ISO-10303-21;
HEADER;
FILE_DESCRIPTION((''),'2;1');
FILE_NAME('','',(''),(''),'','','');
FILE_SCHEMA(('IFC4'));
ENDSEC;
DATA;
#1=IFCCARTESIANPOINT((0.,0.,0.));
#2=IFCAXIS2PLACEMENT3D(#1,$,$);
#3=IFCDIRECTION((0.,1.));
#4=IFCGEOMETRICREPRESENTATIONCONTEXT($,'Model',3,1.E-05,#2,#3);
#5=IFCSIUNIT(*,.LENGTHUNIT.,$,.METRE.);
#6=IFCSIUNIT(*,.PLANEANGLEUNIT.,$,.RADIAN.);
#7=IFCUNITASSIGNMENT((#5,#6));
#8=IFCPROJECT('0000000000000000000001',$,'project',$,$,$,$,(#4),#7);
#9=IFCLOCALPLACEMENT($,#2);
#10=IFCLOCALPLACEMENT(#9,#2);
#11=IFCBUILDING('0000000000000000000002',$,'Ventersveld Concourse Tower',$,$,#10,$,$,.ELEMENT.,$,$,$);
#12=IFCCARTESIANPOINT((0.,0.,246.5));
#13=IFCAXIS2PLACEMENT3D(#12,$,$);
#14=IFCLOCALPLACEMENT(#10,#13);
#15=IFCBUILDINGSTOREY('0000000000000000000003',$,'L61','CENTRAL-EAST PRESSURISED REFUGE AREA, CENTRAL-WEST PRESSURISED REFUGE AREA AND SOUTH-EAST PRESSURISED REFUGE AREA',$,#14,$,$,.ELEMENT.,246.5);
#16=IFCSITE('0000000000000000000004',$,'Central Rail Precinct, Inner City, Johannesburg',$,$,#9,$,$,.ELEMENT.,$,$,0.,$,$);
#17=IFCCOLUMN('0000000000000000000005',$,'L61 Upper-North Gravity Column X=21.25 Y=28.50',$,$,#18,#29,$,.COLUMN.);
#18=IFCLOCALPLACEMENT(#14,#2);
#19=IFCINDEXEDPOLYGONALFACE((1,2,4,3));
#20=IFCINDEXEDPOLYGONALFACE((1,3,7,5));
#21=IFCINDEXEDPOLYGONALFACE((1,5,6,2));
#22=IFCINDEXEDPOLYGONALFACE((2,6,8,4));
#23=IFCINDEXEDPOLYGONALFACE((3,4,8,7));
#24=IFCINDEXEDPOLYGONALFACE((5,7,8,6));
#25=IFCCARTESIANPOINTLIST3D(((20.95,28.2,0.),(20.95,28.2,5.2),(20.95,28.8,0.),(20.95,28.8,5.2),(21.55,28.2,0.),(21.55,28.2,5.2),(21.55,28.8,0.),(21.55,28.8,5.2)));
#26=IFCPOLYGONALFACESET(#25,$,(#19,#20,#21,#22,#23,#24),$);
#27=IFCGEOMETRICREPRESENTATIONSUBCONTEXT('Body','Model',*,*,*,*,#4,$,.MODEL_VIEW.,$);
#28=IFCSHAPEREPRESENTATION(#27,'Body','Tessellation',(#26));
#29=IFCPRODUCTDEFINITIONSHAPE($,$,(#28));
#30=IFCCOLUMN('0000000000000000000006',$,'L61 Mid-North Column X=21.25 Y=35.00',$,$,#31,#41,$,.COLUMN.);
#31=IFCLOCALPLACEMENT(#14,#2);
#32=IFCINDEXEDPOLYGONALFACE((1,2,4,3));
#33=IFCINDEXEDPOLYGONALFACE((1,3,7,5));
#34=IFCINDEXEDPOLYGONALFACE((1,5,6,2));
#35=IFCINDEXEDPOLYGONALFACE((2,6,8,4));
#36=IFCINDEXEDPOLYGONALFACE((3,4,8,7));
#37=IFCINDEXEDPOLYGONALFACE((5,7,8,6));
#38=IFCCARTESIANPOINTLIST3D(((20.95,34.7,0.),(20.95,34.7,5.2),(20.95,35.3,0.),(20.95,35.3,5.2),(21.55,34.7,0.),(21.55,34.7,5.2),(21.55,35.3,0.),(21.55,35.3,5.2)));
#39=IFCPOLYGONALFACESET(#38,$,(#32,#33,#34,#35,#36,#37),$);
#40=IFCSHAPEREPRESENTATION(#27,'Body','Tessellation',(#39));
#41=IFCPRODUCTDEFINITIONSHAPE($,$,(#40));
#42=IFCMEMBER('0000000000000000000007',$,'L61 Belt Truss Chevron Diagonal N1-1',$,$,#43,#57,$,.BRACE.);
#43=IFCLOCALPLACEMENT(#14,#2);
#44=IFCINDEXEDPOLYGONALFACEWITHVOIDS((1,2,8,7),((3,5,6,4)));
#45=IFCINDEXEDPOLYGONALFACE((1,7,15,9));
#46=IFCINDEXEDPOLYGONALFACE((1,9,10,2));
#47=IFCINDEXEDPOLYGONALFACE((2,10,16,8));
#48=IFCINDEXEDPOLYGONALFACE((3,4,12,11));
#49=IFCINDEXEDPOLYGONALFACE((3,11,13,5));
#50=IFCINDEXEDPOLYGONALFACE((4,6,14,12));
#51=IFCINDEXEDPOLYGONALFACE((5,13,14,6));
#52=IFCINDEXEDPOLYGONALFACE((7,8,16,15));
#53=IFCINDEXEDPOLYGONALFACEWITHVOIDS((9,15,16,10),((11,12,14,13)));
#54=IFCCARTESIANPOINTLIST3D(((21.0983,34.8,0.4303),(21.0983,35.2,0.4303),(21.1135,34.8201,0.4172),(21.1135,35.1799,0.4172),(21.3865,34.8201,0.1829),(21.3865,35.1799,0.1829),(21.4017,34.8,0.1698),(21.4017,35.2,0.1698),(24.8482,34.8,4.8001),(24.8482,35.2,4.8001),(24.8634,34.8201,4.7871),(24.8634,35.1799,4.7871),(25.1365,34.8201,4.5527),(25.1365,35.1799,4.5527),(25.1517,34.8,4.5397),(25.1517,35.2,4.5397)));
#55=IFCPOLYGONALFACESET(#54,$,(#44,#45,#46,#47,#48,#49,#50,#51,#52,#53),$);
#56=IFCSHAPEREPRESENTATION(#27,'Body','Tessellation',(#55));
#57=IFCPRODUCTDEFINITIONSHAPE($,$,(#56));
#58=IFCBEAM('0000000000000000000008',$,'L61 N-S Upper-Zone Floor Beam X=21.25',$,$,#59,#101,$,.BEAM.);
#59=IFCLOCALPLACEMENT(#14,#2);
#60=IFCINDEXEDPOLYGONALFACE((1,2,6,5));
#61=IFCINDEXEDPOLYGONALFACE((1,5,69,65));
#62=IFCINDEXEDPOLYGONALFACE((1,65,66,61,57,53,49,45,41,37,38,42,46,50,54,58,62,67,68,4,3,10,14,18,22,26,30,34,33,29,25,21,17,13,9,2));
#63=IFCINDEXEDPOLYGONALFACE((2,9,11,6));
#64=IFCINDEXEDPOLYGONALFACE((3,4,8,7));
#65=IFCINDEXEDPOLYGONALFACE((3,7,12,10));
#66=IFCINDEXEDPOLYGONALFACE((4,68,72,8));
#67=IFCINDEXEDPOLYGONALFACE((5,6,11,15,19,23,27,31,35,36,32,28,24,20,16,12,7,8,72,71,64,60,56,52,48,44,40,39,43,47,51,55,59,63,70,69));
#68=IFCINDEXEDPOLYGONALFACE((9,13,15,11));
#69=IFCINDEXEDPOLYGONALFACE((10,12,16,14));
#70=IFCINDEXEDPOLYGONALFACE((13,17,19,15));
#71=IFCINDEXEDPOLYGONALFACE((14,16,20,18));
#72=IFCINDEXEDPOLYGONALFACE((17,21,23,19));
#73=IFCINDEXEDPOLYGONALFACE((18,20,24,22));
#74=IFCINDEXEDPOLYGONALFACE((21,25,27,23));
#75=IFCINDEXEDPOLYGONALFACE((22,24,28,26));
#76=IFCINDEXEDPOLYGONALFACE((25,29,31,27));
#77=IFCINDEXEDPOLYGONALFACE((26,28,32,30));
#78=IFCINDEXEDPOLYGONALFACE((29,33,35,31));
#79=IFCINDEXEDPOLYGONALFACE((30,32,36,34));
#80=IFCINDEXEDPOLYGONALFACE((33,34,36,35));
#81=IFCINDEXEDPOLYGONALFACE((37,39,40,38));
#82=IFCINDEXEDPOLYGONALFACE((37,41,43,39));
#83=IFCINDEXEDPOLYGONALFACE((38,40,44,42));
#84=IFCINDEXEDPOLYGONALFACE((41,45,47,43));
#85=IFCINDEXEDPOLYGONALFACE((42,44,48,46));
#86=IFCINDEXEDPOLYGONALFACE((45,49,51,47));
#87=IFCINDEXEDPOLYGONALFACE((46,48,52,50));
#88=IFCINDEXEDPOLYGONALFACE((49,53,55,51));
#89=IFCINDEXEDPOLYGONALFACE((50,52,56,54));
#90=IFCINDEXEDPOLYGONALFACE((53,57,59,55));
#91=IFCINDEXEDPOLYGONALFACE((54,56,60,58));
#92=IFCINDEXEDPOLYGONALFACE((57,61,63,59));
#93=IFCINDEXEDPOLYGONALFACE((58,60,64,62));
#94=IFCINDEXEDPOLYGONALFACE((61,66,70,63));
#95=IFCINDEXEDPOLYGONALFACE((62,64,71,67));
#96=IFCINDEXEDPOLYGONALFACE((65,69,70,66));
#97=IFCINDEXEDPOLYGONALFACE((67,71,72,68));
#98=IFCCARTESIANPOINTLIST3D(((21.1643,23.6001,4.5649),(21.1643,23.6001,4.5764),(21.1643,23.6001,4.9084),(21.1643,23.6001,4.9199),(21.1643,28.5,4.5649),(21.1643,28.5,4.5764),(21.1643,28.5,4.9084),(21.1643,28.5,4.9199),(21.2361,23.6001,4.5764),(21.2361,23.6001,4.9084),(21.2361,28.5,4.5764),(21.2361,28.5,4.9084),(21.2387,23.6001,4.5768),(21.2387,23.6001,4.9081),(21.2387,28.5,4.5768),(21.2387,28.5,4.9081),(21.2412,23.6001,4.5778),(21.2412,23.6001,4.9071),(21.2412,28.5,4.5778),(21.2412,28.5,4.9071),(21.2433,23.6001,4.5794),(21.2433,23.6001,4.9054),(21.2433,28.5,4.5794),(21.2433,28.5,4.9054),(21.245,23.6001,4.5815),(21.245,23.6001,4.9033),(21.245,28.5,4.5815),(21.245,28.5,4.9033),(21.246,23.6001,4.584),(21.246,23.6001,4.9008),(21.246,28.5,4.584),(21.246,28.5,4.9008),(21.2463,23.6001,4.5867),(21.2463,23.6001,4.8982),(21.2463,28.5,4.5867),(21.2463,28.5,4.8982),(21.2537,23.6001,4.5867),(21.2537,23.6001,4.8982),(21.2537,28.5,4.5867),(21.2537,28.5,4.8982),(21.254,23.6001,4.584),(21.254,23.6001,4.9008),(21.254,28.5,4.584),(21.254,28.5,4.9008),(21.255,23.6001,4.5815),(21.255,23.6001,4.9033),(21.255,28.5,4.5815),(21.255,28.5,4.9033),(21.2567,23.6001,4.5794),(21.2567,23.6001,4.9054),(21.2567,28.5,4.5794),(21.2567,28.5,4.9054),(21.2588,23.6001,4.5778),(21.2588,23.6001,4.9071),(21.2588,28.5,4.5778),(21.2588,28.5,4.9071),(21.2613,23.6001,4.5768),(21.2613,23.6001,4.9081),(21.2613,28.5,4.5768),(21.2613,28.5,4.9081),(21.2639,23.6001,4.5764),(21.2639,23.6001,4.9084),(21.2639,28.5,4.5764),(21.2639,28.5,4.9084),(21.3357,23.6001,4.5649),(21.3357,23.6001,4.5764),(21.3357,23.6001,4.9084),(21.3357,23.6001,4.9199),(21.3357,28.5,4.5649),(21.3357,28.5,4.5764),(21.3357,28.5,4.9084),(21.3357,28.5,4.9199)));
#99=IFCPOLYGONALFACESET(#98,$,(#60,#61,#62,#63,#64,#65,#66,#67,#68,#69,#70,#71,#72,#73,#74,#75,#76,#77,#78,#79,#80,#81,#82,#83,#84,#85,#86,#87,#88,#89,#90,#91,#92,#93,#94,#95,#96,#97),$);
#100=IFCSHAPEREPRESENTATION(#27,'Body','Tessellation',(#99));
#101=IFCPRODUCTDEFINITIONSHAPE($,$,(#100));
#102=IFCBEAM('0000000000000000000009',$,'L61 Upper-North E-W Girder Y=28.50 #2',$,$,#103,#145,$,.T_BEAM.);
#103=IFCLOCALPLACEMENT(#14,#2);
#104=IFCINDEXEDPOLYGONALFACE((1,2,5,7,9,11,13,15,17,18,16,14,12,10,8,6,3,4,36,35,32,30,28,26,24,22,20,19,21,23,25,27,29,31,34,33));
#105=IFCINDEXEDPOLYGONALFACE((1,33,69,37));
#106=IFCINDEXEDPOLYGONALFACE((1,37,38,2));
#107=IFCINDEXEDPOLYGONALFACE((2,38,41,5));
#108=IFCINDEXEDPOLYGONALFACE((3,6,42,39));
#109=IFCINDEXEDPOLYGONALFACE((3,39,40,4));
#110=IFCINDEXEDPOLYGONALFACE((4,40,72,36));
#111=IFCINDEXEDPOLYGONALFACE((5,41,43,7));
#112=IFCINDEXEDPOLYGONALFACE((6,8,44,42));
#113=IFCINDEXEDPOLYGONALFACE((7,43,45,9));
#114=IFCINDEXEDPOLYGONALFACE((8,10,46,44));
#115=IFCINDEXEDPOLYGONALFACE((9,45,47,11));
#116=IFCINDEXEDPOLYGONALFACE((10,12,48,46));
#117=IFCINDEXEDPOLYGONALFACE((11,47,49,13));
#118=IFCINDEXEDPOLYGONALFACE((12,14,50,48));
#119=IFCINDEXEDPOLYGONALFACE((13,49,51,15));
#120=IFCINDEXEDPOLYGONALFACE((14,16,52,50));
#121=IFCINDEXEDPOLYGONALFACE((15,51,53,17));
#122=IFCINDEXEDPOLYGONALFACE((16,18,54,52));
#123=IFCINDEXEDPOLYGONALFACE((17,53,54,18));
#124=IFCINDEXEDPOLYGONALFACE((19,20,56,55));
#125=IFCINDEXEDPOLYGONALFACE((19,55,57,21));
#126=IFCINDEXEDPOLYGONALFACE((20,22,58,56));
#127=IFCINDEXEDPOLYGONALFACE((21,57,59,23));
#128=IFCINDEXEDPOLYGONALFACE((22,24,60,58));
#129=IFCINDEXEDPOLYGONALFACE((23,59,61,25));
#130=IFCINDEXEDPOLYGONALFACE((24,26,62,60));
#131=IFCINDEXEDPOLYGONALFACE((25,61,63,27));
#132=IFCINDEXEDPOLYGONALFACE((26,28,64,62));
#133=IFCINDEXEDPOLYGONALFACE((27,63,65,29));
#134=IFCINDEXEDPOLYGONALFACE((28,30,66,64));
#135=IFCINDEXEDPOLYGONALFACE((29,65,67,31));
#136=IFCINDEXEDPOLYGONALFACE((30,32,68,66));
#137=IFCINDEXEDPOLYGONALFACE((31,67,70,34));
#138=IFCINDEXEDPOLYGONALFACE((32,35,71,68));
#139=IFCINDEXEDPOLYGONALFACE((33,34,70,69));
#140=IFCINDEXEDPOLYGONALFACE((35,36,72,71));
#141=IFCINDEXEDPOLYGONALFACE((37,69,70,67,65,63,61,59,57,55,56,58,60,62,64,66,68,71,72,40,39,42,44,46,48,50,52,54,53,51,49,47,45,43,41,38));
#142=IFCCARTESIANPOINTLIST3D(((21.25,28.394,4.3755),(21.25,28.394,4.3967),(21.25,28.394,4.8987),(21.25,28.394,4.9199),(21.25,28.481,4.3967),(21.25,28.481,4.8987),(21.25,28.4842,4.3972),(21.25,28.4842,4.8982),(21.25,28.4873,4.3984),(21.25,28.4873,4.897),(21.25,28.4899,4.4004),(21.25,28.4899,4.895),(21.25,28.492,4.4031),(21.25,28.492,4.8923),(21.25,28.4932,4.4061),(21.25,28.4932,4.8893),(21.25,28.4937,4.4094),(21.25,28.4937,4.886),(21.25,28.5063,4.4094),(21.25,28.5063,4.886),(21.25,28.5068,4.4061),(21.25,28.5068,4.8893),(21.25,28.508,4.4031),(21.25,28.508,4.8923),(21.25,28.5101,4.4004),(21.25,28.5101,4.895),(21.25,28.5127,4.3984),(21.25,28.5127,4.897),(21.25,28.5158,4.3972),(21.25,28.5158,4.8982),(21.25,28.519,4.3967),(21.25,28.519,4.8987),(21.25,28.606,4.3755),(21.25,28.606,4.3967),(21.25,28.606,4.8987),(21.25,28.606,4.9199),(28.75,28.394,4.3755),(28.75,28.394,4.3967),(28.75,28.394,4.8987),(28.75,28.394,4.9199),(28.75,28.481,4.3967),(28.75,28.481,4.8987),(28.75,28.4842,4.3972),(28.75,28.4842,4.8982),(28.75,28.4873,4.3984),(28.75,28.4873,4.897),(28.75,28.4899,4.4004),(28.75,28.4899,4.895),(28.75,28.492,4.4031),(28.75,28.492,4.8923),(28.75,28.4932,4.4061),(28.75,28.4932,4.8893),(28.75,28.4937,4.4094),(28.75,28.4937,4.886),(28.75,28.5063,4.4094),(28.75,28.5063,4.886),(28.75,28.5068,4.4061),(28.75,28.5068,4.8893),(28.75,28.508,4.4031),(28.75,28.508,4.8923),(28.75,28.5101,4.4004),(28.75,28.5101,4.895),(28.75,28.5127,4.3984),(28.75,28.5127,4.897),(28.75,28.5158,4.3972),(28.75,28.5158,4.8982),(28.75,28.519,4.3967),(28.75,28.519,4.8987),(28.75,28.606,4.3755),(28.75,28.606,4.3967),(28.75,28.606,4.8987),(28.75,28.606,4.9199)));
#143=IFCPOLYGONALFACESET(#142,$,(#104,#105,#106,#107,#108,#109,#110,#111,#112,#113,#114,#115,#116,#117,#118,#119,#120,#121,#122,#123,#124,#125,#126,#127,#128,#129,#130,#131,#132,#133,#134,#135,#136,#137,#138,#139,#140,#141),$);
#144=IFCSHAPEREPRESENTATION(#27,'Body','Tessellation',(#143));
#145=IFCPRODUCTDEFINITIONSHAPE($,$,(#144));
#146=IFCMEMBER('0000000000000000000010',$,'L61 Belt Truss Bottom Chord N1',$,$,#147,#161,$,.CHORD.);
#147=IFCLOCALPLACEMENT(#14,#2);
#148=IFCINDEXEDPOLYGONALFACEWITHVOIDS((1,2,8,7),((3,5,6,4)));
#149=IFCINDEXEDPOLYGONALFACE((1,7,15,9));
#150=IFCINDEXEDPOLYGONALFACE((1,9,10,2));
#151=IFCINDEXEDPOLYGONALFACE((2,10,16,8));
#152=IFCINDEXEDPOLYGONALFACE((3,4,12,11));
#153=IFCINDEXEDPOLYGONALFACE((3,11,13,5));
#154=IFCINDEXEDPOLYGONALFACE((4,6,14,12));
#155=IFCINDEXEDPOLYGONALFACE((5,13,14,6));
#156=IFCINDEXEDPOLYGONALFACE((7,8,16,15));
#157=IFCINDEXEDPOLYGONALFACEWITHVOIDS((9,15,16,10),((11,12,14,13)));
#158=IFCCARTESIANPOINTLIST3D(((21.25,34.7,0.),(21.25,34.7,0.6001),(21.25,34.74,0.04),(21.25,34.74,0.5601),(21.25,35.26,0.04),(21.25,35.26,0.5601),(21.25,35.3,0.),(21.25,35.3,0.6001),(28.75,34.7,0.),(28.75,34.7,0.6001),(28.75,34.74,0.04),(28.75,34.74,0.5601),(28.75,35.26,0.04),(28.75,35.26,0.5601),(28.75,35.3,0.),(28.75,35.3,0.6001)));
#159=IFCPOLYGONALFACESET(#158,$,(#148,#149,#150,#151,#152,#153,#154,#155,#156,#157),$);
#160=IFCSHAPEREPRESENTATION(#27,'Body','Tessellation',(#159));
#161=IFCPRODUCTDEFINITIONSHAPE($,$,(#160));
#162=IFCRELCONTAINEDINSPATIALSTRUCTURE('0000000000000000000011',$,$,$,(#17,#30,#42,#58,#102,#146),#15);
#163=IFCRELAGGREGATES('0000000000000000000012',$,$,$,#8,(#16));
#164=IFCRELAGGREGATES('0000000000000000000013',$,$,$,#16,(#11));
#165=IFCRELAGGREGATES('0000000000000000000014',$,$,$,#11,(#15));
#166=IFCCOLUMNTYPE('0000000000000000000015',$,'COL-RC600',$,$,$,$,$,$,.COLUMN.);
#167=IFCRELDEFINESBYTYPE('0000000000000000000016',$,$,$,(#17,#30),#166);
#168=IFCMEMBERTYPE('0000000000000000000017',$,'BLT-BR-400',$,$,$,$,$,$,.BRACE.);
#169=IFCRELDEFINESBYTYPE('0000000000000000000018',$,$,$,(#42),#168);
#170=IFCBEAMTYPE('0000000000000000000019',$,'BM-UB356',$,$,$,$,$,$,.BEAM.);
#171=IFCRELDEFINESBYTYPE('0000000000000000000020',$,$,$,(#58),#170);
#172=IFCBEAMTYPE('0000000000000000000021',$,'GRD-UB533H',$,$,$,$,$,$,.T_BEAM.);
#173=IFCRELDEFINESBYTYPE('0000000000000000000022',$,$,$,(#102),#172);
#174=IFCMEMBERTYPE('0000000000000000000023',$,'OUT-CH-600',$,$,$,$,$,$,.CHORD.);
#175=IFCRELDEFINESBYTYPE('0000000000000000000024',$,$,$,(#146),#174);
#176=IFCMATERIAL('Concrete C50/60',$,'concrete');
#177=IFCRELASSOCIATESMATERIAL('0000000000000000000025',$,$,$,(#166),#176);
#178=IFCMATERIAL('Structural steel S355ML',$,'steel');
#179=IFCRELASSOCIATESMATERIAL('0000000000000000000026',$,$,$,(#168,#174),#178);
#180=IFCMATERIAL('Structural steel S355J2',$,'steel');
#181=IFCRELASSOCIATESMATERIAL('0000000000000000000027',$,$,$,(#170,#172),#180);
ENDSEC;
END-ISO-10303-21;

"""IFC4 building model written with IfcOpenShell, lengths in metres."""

from ifc_helpers import new_model, si_unit, direction, frame, origin, origin_2d, place, context, subcontext, project, spatial, rectangle, hollow_rectangle, i_section, extrude, material, material_profile, profile_set, type_object, element, save


model = new_model("IFC4")

# Units and contexts
model_context = context("Model", 3, precision=1e-05, world=origin(), true_north=direction((0.0, 1.0)))
body_context = subcontext(model_context, "Body", "Model", "MODEL_VIEW")
ifc_project = project(units=[si_unit("LENGTHUNIT", "METRE"), si_unit("PLANEANGLEUNIT", "RADIAN")], contexts=[model_context])

# Site, building, storey
site_placement = place(None, origin())
site = spatial("IfcSite", under=ifc_project, at=site_placement, Name="Central Rail Precinct, Inner City, Johannesburg", CompositionType="ELEMENT", RefElevation=0.0)
building_placement = place(site_placement, origin())
building = spatial("IfcBuilding", under=site, at=building_placement, Name="Ventersveld Concourse Tower", CompositionType="ELEMENT")
storey_placement = place(building_placement, frame((0.0, 0.0, 246.5)))
storey = spatial("IfcBuildingStorey", under=building, at=storey_placement, Name="L61", Description="CENTRAL-EAST PRESSURISED REFUGE AREA, CENTRAL-WEST PRESSURISED REFUGE AREA AND SOUTH-EAST PRESSURISED REFUGE AREA", CompositionType="ELEMENT", Elevation=246.5)

# Columns
ifc_material_1 = material(Name="Concrete C50/60", Category="concrete")
ifc_material_profile_1 = material_profile(ifc_material_1, rectangle(XDim=0.6001, YDim=0.6001, at=origin_2d()), Name="RC 600x600")
ifc_profile_set_1 = profile_set([ifc_material_profile_1], Name="Concrete C50/60")
column_type = type_object("IfcColumnType", Name="COL-RC600", PredefinedType="COLUMN", material=ifc_profile_set_1)
for number, where, z_axis, x_axis, name in (
    (1, (21.25, 28.5, 0.0), (0.0, 0.0, 1.0), (1.0, 0.0, 0.0), "L61 Upper-North Gravity Column X=21.25 Y=28.50"),
    (2, (21.25, 35.0, 0.0), (0.0, 0.0, 1.0), (1.0, 0.0, 0.0), "L61 Mid-North Column X=21.25 Y=35.00"),
):
    element("IfcColumn", number, at=place(storey_placement, frame(where, z_axis=z_axis, x_axis=x_axis)), inside=storey, type_object=column_type, Name=name, PredefinedType="COLUMN", context=body_context, shape_type="SweptSolid", body=[
        extrude(rectangle(XDim=0.6001, YDim=0.6001, at=origin_2d()), origin(), (0.0, 0.0, 1.0), 5.2),
    ])

# Member
ifc_material_2 = material(Name="Structural steel S355ML", Category="steel")
ifc_material_profile_2 = material_profile(ifc_material_2, hollow_rectangle(XDim=0.3999, YDim=0.3999, WallThickness=0.02, at=origin_2d()), Name="SHS 400x400x20")
ifc_profile_set_2 = profile_set([ifc_material_profile_2], Name="Structural steel S355ML")
member_type_1 = type_object("IfcMemberType", Name="BLT-BR-400", PredefinedType="BRACE", material=ifc_profile_set_2)
member_1_placement = place(storey_placement, frame((21.25, 35.0, 0.3), z_axis=(0.651231, 0.0, 0.758879), x_axis=(0.0, 1.0, 0.0)))
element("IfcMember", 3, at=member_1_placement, inside=storey, type_object=member_type_1, Name="L61 Belt Truss Chevron Diagonal N1-1", PredefinedType="BRACE", context=body_context, shape_type="SweptSolid", body=[
    extrude(hollow_rectangle(XDim=0.3999, YDim=0.3999, WallThickness=0.02, at=origin_2d()), origin(), (0.0, 0.0, 1.0), 5.7583),
])

# Beams
ifc_material_3 = material(Name="Structural steel S355J2", Category="steel")
ifc_material_profile_3 = material_profile(ifc_material_3, i_section(OverallWidth=0.1714, OverallDepth=0.355, WebThickness=0.0073, FlangeThickness=0.0115, FilletRadius=0.0103, at=origin_2d()), Name="UB 356x171x51")
ifc_profile_set_3 = profile_set([ifc_material_profile_3], Name="Structural steel S355J2")
beam_type_1 = type_object("IfcBeamType", Name="BM-UB356", PredefinedType="BEAM", material=ifc_profile_set_3)
beam_1_placement = place(storey_placement, frame((21.25, 23.6001, 4.7424), z_axis=(0.0, 1.0, 0.0), x_axis=(-1.0, 0.0, 0.0)))
element("IfcBeam", 4, at=beam_1_placement, inside=storey, type_object=beam_type_1, Name="L61 N-S Upper-Zone Floor Beam X=21.25", PredefinedType="BEAM", context=body_context, shape_type="SweptSolid", body=[
    extrude(i_section(OverallWidth=0.1714, OverallDepth=0.355, WebThickness=0.0073, FlangeThickness=0.0115, FilletRadius=0.0103, at=origin_2d()), origin(), (0.0, 0.0, 1.0), 4.8999),
])
ifc_material_profile_4 = material_profile(ifc_material_3, i_section(OverallWidth=0.2119, OverallDepth=0.5444, WebThickness=0.0127, FlangeThickness=0.0212, FilletRadius=0.0127, at=origin_2d()), Name="UB 533x210x122")
ifc_profile_set_4 = profile_set([ifc_material_profile_4], Name="Structural steel S355J2")
beam_type_2 = type_object("IfcBeamType", Name="GRD-UB533H", PredefinedType="T_BEAM", material=ifc_profile_set_4)
beam_2_placement = place(storey_placement, frame((21.25, 28.5, 4.6477), z_axis=(1.0, 0.0, 0.0), x_axis=(0.0, 1.0, 0.0)))
element("IfcBeam", 5, at=beam_2_placement, inside=storey, type_object=beam_type_2, Name="L61 Upper-North E-W Girder Y=28.50 #2", PredefinedType="T_BEAM", context=body_context, shape_type="SweptSolid", body=[
    extrude(i_section(OverallWidth=0.2119, OverallDepth=0.5444, WebThickness=0.0127, FlangeThickness=0.0212, FilletRadius=0.0127, at=origin_2d()), origin(), (0.0, 0.0, 1.0), 7.5),
])

# Member
ifc_material_profile_5 = material_profile(ifc_material_2, hollow_rectangle(XDim=0.6001, YDim=0.6001, WallThickness=0.04, at=origin_2d()), Name="BOX 600x600x40")
ifc_profile_set_5 = profile_set([ifc_material_profile_5], Name="Structural steel S355ML")
member_type_2 = type_object("IfcMemberType", Name="OUT-CH-600", PredefinedType="CHORD", material=ifc_profile_set_5)
member_2_placement = place(storey_placement, frame((21.25, 35.0, 0.3), z_axis=(1.0, 0.0, 0.0), x_axis=(0.0, 1.0, 0.0)))
element("IfcMember", 6, at=member_2_placement, inside=storey, type_object=member_type_2, Name="L61 Belt Truss Bottom Chord N1", PredefinedType="CHORD", context=body_context, shape_type="SweptSolid", body=[
    extrude(hollow_rectangle(XDim=0.6001, YDim=0.6001, WallThickness=0.04, at=origin_2d()), origin(), (0.0, 0.0, 1.0), 7.5),
])

save(model, "model.ifc")
